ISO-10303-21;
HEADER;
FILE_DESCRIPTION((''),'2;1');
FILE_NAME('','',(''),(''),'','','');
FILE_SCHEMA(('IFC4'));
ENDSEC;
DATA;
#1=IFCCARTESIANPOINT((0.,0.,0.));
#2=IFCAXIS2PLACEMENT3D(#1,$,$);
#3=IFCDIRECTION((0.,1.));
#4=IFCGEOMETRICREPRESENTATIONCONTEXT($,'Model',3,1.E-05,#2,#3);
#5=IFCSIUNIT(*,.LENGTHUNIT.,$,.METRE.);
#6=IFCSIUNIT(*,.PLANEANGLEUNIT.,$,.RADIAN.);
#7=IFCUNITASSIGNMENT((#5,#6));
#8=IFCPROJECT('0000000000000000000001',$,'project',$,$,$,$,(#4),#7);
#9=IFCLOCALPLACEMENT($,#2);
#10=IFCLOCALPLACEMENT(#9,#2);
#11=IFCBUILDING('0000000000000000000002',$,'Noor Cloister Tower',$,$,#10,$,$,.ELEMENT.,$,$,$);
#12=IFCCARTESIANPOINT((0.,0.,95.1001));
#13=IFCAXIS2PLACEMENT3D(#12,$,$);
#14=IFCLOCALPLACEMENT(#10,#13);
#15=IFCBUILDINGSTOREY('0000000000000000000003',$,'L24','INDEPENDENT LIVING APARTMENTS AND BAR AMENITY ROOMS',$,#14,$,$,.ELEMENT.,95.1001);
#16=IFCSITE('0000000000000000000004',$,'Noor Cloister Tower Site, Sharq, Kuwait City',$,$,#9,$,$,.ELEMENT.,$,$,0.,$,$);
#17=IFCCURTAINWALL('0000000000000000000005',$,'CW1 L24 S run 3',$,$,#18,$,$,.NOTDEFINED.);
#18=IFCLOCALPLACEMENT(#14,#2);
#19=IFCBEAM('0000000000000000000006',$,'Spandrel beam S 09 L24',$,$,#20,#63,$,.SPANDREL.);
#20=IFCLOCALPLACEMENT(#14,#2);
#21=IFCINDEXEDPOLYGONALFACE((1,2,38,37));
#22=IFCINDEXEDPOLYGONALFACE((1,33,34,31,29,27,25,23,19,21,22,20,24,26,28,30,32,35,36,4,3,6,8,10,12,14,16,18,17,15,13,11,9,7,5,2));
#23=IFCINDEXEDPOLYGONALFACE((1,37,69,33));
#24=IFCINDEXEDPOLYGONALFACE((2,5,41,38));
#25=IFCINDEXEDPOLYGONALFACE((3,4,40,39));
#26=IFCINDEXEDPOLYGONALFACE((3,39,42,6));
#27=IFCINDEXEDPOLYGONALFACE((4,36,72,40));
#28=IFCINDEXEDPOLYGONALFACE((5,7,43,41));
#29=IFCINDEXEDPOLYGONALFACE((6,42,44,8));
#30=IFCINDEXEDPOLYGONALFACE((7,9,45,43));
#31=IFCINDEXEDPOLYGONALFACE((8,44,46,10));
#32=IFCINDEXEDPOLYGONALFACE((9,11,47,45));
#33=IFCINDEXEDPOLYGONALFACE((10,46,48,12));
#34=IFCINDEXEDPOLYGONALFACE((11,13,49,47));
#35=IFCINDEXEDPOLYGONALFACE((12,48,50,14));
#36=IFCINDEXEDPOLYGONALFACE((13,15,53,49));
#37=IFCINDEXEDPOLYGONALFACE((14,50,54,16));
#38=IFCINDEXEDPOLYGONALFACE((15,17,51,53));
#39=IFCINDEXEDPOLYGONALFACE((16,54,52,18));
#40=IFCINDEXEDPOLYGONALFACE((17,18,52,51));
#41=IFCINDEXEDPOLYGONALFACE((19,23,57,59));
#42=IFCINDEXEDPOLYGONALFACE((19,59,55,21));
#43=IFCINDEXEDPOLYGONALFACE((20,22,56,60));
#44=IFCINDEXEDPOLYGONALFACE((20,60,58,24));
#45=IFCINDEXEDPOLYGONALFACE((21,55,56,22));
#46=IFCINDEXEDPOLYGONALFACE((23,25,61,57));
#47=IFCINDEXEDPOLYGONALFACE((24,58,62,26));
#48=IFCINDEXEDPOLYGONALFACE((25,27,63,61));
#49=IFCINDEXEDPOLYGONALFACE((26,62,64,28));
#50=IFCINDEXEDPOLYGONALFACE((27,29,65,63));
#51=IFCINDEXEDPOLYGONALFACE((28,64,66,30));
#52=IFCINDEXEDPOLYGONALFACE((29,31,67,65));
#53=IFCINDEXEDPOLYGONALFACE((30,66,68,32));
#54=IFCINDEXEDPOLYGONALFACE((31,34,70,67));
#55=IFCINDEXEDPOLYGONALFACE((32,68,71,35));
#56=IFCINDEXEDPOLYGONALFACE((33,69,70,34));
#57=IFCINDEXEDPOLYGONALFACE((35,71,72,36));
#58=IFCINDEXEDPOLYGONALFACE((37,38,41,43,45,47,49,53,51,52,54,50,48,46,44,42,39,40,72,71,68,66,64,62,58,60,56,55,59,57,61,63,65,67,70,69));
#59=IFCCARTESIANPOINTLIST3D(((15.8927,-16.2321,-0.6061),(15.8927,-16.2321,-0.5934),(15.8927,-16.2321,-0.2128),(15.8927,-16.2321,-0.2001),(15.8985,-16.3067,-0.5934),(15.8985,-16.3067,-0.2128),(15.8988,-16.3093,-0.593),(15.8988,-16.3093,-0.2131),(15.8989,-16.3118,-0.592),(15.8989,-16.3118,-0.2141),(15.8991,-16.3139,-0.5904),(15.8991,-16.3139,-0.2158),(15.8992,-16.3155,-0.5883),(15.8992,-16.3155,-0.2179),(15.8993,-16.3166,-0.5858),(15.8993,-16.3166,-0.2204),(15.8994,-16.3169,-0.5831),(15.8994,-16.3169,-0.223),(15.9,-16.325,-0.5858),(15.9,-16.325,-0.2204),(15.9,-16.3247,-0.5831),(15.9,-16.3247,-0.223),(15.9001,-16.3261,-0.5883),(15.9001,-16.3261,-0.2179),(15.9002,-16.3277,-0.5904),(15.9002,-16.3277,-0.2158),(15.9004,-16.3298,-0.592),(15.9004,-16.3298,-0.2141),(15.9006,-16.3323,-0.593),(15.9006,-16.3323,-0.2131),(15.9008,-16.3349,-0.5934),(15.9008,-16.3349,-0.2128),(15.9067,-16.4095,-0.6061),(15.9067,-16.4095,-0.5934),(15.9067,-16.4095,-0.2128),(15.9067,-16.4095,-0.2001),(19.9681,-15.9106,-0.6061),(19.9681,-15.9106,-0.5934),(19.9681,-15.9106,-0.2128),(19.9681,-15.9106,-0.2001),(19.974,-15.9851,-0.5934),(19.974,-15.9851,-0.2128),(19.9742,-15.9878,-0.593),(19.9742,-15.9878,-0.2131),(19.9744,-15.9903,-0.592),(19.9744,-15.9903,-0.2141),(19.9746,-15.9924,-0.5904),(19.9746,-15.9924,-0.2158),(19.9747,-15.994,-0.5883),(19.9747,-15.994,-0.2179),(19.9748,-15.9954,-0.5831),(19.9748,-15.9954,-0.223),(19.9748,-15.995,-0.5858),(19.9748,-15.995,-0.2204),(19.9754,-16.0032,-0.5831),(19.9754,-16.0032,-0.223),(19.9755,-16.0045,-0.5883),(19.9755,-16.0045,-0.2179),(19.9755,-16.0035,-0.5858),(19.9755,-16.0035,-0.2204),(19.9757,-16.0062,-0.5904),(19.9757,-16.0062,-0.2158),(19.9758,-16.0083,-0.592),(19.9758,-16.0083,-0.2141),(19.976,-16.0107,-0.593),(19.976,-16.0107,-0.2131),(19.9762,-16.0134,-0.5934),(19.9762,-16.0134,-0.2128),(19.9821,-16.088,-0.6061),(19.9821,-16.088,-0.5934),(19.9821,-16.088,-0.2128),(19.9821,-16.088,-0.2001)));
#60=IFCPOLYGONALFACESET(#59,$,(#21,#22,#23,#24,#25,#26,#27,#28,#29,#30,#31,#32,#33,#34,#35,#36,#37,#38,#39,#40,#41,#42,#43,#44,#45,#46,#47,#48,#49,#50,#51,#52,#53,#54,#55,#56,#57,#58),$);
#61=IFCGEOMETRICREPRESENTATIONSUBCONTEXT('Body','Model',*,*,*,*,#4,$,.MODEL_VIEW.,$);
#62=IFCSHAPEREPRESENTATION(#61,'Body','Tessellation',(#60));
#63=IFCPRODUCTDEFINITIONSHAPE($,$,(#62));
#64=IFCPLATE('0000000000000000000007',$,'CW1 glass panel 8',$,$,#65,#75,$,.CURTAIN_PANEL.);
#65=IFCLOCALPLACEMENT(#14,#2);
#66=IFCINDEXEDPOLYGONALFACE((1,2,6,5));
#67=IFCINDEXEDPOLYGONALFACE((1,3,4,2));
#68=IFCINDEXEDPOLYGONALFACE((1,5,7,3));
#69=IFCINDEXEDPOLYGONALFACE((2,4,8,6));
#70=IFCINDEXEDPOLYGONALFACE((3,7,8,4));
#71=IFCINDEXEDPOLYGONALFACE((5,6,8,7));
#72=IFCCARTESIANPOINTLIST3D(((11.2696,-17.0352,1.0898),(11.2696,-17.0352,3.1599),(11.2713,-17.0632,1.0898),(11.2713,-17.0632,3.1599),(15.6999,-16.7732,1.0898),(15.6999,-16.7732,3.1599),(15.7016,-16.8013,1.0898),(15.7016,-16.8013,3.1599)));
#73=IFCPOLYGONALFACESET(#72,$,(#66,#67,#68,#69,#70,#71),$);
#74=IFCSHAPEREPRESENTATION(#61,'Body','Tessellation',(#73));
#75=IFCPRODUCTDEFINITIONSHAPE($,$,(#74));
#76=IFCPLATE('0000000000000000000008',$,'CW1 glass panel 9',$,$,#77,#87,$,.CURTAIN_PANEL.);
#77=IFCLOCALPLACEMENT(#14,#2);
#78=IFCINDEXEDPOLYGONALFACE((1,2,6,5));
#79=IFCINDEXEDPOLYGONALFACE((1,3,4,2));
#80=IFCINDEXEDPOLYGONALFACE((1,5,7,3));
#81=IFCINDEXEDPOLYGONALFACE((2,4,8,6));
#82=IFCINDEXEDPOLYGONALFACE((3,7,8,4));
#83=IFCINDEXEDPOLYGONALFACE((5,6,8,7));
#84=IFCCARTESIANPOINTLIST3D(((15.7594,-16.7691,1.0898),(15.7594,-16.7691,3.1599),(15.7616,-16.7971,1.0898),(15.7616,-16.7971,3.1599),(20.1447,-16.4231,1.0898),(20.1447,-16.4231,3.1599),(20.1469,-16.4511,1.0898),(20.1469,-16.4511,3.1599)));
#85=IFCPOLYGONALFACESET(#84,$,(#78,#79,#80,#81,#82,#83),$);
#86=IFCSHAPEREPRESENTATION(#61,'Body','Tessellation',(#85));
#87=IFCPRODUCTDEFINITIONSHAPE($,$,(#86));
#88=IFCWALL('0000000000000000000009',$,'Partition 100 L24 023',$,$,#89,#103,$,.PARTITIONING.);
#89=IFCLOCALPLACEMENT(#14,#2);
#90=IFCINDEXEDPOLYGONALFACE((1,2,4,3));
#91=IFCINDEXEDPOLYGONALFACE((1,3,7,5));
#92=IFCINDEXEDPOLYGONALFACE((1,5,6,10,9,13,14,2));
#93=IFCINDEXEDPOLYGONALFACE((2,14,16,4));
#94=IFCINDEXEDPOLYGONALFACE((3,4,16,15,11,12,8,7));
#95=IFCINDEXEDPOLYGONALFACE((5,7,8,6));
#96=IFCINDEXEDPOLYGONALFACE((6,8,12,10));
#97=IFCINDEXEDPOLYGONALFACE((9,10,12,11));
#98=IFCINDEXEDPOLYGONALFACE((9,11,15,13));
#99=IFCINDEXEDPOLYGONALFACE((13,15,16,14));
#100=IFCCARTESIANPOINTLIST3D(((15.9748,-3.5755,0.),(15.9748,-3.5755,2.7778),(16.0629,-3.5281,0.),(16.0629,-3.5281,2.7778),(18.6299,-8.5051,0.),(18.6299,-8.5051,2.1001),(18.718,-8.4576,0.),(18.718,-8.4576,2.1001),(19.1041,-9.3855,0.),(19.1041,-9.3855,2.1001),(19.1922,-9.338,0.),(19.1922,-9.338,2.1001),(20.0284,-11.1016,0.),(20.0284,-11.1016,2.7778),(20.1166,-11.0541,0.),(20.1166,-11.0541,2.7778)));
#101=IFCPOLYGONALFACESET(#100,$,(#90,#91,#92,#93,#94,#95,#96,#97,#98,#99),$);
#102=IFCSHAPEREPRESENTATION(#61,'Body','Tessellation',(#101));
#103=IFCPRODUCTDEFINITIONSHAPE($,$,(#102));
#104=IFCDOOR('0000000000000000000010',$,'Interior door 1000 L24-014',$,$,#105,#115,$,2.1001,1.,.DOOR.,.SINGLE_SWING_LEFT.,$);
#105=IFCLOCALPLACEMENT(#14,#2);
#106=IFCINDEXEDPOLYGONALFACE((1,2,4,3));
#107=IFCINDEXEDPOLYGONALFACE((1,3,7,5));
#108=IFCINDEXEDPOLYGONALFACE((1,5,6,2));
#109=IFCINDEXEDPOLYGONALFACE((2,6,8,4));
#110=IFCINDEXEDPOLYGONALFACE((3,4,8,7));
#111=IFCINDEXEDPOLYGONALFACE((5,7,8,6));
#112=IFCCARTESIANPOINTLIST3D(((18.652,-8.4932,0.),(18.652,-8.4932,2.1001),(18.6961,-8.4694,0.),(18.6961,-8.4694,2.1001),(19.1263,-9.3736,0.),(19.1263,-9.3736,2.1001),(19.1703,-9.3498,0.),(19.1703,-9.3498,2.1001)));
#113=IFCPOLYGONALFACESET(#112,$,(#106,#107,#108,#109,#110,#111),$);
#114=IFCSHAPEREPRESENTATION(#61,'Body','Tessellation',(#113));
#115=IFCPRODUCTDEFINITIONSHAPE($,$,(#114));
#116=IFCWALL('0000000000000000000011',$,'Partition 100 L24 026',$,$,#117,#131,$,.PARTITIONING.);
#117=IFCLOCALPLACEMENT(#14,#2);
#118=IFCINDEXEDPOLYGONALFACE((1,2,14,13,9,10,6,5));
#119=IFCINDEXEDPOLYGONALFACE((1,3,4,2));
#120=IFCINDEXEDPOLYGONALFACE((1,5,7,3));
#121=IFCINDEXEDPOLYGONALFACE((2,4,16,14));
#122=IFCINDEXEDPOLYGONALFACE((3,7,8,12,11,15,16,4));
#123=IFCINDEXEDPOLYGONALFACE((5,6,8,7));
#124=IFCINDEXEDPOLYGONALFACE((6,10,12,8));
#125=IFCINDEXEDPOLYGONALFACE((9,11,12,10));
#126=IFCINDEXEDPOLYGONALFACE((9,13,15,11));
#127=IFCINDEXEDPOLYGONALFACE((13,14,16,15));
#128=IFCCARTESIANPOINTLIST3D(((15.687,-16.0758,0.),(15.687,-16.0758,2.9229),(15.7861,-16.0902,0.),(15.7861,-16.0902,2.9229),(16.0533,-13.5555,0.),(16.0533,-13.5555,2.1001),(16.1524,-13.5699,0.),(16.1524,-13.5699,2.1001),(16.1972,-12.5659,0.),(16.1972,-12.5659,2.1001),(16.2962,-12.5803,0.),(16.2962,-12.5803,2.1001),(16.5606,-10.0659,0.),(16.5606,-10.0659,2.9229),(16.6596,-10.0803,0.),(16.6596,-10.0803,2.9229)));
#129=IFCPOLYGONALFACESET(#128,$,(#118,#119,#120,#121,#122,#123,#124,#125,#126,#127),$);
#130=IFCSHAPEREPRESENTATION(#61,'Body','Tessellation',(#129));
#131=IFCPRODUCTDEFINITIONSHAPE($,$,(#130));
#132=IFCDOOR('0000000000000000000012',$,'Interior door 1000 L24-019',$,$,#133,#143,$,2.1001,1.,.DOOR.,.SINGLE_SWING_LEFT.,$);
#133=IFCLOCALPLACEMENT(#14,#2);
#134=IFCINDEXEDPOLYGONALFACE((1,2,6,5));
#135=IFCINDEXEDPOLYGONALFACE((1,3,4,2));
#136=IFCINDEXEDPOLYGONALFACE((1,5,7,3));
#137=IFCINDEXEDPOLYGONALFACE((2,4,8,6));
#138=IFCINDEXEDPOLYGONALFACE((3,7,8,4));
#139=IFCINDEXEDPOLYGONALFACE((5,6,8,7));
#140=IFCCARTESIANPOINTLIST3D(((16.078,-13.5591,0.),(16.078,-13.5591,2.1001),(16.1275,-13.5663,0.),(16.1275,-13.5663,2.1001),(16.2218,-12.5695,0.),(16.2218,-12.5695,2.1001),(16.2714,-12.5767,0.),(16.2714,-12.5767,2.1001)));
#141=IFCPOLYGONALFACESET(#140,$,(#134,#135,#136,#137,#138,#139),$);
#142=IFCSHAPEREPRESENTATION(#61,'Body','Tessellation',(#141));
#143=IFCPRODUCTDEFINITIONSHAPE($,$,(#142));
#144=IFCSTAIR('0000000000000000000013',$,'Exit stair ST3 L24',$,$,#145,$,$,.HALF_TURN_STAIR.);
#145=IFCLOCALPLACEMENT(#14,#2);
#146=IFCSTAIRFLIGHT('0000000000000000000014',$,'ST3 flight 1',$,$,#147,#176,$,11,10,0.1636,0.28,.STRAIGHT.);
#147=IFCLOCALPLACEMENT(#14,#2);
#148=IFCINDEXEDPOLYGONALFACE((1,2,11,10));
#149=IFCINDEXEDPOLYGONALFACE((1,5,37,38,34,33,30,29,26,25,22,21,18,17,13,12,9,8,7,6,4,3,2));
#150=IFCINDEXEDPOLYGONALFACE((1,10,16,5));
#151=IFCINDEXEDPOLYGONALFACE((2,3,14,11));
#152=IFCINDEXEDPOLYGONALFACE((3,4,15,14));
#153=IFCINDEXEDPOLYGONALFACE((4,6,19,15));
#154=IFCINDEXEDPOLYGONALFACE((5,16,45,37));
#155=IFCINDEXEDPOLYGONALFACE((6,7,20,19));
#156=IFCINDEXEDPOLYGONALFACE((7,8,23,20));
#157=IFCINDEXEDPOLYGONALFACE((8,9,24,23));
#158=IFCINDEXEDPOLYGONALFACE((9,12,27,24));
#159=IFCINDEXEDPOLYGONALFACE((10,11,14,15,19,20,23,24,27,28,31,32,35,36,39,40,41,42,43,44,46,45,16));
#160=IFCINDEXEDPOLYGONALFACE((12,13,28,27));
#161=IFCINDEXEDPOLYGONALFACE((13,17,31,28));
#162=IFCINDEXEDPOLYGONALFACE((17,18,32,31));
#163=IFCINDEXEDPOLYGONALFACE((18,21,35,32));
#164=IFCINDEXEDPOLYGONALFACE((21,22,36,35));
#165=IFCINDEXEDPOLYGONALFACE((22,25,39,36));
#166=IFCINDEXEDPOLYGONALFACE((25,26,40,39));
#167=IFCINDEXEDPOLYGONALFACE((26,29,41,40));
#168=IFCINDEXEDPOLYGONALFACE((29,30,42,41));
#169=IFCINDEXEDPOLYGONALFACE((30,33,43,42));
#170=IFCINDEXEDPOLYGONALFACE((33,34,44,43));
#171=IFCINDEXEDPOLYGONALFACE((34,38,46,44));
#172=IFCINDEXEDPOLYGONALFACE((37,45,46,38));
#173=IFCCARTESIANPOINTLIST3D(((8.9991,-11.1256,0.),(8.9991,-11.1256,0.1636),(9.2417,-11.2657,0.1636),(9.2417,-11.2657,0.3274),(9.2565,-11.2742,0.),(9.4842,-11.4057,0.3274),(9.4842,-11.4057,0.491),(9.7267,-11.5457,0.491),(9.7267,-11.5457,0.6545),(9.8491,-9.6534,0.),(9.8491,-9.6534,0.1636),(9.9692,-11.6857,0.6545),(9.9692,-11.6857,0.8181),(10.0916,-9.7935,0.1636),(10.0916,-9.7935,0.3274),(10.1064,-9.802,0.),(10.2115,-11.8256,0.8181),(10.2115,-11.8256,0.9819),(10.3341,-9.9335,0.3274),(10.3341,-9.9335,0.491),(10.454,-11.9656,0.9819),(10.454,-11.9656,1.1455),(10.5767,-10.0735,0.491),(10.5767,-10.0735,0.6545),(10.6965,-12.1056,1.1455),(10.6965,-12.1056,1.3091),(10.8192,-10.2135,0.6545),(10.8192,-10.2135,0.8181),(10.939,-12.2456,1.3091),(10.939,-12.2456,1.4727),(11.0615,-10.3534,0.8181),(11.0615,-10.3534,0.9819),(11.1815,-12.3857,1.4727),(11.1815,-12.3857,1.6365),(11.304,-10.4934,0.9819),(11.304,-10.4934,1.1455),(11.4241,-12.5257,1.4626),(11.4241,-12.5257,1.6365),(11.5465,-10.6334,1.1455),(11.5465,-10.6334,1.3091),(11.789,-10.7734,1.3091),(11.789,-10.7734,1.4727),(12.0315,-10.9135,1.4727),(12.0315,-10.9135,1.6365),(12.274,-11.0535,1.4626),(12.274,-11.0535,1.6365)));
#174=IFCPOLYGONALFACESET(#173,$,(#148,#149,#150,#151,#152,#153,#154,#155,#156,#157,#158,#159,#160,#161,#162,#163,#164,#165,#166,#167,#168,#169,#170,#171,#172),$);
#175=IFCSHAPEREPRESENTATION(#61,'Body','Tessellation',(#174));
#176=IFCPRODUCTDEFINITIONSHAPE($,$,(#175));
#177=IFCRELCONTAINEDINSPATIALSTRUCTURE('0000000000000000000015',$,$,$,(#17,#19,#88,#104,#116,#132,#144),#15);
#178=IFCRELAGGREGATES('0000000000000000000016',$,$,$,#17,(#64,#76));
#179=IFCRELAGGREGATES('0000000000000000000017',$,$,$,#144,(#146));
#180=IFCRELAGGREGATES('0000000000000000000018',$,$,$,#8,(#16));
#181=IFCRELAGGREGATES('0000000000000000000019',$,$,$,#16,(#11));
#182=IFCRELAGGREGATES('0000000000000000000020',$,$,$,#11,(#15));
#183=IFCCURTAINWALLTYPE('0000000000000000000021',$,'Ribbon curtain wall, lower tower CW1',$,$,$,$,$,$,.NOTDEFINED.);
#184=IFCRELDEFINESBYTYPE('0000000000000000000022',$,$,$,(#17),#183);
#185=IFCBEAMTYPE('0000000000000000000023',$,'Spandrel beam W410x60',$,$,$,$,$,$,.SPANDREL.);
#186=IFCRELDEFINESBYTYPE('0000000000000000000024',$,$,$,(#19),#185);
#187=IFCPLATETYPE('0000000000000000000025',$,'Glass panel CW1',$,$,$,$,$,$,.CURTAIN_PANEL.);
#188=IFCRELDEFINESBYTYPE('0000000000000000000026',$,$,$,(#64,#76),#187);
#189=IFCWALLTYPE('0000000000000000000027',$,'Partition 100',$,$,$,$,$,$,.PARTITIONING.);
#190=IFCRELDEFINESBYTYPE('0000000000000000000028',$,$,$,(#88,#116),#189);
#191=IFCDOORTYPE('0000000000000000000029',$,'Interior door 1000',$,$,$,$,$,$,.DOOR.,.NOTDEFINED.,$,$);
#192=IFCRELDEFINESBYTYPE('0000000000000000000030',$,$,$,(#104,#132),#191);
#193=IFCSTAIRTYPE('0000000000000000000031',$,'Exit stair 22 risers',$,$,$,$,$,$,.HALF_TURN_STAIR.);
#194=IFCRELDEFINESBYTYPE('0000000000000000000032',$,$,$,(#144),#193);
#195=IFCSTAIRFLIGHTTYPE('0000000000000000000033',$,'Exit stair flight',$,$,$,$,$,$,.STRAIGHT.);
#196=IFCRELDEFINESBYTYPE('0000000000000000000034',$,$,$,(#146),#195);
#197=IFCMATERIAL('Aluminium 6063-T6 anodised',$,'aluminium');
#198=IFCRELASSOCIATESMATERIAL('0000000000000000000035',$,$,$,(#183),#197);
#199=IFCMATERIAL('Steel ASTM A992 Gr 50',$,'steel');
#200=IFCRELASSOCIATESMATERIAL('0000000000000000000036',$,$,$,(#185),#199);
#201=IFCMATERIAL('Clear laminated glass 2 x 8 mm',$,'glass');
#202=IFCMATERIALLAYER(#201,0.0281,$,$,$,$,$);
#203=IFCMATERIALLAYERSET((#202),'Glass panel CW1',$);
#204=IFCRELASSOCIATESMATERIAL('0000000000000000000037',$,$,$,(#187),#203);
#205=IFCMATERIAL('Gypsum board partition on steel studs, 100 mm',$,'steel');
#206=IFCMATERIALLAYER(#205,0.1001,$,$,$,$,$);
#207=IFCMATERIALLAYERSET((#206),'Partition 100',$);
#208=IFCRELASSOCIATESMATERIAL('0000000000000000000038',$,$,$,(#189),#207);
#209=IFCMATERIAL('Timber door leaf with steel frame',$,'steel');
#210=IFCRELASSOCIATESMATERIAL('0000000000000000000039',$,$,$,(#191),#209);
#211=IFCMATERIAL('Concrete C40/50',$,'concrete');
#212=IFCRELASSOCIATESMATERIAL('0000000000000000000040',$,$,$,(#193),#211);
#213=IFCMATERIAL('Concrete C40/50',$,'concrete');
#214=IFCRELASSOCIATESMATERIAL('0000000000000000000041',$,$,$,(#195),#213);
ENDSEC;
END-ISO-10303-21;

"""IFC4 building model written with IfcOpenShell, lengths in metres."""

from ifc_helpers import new_model, si_unit, direction, frame, frame_2d, origin, origin_2d, place, context, subcontext, project, spatial, polyline, rectangle, i_section, outline, extrude, material, layer, layer_set, material_profile, profile_set, type_object, element, fill, aggregate, save


model = new_model("IFC4")

# Units and contexts
model_context = context("Model", 3, precision=1e-05, world=origin(), true_north=direction((0.0, 1.0)))
body_context = subcontext(model_context, "Body", "Model", "MODEL_VIEW")
ifc_project = project(units=[si_unit("LENGTHUNIT", "METRE"), si_unit("PLANEANGLEUNIT", "RADIAN")], contexts=[model_context])

# Site, building, storey
site_placement = place(None, origin())
site = spatial("IfcSite", under=ifc_project, at=site_placement, Name="Noor Cloister Tower Site, Sharq, Kuwait City", CompositionType="ELEMENT", RefElevation=0.0)
building_placement = place(site_placement, origin())
building = spatial("IfcBuilding", under=site, at=building_placement, Name="Noor Cloister Tower", CompositionType="ELEMENT")
storey_placement = place(building_placement, frame((0.0, 0.0, 95.1001)))
storey = spatial("IfcBuildingStorey", under=building, at=storey_placement, Name="L24", Description="INDEPENDENT LIVING APARTMENTS AND BAR AMENITY ROOMS", CompositionType="ELEMENT", Elevation=95.1001)

# Curtain wall
ifc_material_1 = material(Name="Aluminium 6063-T6 anodised", Category="aluminium")
curtain_wall_type = type_object("IfcCurtainWallType", Name="Ribbon curtain wall, lower tower CW1", PredefinedType="NOTDEFINED", material=ifc_material_1)
curtain_wall_placement = place(storey_placement, origin())
curtain_wall = element("IfcCurtainWall", 1, at=curtain_wall_placement, inside=storey, type_object=curtain_wall_type, Name="CW1 L24 S run 3", PredefinedType="NOTDEFINED")

# Beam
ifc_material_2 = material(Name="Steel ASTM A992 Gr 50", Category="steel")
ifc_material_profile_1 = material_profile(ifc_material_2, i_section(OverallWidth=0.178, OverallDepth=0.406, WebThickness=0.0078, FlangeThickness=0.0127, FilletRadius=0.0103, at=origin_2d()), Name="W410x60")
ifc_profile_set_1 = profile_set([ifc_material_profile_1], Name="Steel ASTM A992 Gr 50")
beam_type_1 = type_object("IfcBeamType", Name="Spandrel beam W410x60", PredefinedType="SPANDREL", material=ifc_profile_set_1)
for number, where, z_axis, x_axis, name in (
    (2, (15.8997, -16.3208, -0.4031), (0.996902, 0.078651, 0.0), (-0.078651, 0.996902, 0.0), "Spandrel beam S 09 L24"),
):
    element("IfcBeam", number, at=place(storey_placement, frame(where, z_axis=z_axis, x_axis=x_axis)), inside=storey, type_object=beam_type_1, Name=name, PredefinedType="SPANDREL", context=body_context, shape_type="SweptSolid", body=[
        extrude(i_section(OverallWidth=0.178, OverallDepth=0.406, WebThickness=0.0078, FlangeThickness=0.0127, FilletRadius=0.0103, at=origin_2d()), origin(), (0.0, 0.0, 1.0), 4.0881),
    ])

# Plates
ifc_material_3 = material(Name="Clear laminated glass 2 x 8 mm", Category="glass")
ifc_layer_1 = layer(ifc_material_3, 0.0281)
ifc_layer_set_1 = layer_set([ifc_layer_1], Name="Glass panel CW1")
plate_type = type_object("IfcPlateType", Name="Glass panel CW1", PredefinedType="CURTAIN_PANEL", material=ifc_layer_set_1)
plate_1_placement = place(storey_placement, frame((13.4856, -16.9182, 1.0898), z_axis=(0.0, 0.0, 1.0), x_axis=(0.998257, 0.059016, 0.0)))
plate_1 = element("IfcPlate", 3, at=plate_1_placement, type_object=plate_type, Name="CW1 glass panel 8", PredefinedType="CURTAIN_PANEL", context=body_context, shape_type="SweptSolid", body=[
    extrude(rectangle(XDim=4.438, YDim=0.0281, at=origin_2d()), origin(), (0.0, 0.0, 1.0), 2.0701),
])
plate_2_placement = place(storey_placement, frame((17.9531, -16.6101, 1.0898), z_axis=(0.0, 0.0, 1.0), x_axis=(0.996902, 0.078652, 0.0)))
plate_2 = element("IfcPlate", 4, at=plate_2_placement, type_object=plate_type, Name="CW1 glass panel 9", PredefinedType="CURTAIN_PANEL", context=body_context, shape_type="SweptSolid", body=[
    extrude(rectangle(XDim=4.3989, YDim=0.0281, at=origin_2d()), origin(), (0.0, 0.0, 1.0), 2.0701),
])
aggregate(curtain_wall, [plate_1, plate_2])

# Walls, openings, doors
ifc_material_4 = material(Name="Gypsum board partition on steel studs, 100 mm", Category="steel")
ifc_layer_2 = layer(ifc_material_4, 0.1001)
ifc_layer_set_2 = layer_set([ifc_layer_2], Name="Partition 100")
wall_type = type_object("IfcWallType", Name="Partition 100", PredefinedType="PARTITIONING", material=ifc_layer_set_2)
wall_1_placement = place(storey_placement, frame((20.0725, -11.0779, 0.0), z_axis=(0.0, 0.0, 1.0), x_axis=(-0.474207, 0.880413, 0.0)))
wall_1 = element("IfcWall", 5, at=wall_1_placement, inside=storey, type_object=wall_type, Name="Partition 100 L24 023", PredefinedType="PARTITIONING", context=body_context, shape_type="SweptSolid", body=[
    extrude(rectangle(XDim=8.5483, YDim=0.1001, at=frame_2d((4.2742, 0.0))), origin(), (0.0, 0.0, 1.0), 2.7778),
])
opening_1_placement = place(wall_1_placement, frame((1.9492, 0.0, 0.0)))
opening_1 = element("IfcOpeningElement", 6, at=opening_1_placement, cuts=wall_1, PredefinedType="OPENING", context=body_context, shape_type="SweptSolid", body=[
    extrude(rectangle(XDim=1.0, YDim=2.1001, at=frame_2d((0.5, 1.05))), frame((0.0, 0.0601, 0.0), z_axis=(0.0, -1.0, 0.0), x_axis=(1.0, 0.0, 0.0)), (0.0, 0.0, 1.0), 0.1201),
])
ifc_material_5 = material(Name="Timber door leaf with steel frame", Category="steel")
door_type = type_object("IfcDoorType", Name="Interior door 1000", OperationType="NOTDEFINED", PredefinedType="DOOR", material=ifc_material_5)
door_1_placement = place(opening_1_placement, origin())
door_1 = element("IfcDoor", 7, at=door_1_placement, inside=storey, type_object=door_type, Name="Interior door 1000 L24-014", OperationType="SINGLE_SWING_LEFT", OverallHeight=2.1001, OverallWidth=1.0, PredefinedType="DOOR", context=body_context, shape_type="SweptSolid", body=[
    extrude(rectangle(XDim=1.0, YDim=2.1001, at=frame_2d((0.5, 1.05))), frame((0.0, 0.0249, 0.0), z_axis=(0.0, -1.0, 0.0), x_axis=(1.0, 0.0, 0.0)), (0.0, 0.0, 1.0), 0.05),
])
fill(opening_1, door_1)
wall_2_placement = place(storey_placement, frame((16.6101, -10.073, 0.0), z_axis=(0.0, 0.0, 1.0), x_axis=(-0.143841, -0.989601, 0.0)))
wall_2 = element("IfcWall", 8, at=wall_2_placement, inside=storey, type_object=wall_type, Name="Partition 100 L24 026", PredefinedType="PARTITIONING", context=body_context, shape_type="SweptSolid", body=[
    extrude(rectangle(XDim=6.073, YDim=0.1001, at=frame_2d((3.0366, 0.0))), origin(), (0.0, 0.0, 1.0), 2.9229),
])
opening_2_placement = place(wall_2_placement, frame((2.5264, 0.0, 0.0)))
opening_2 = element("IfcOpeningElement", 9, at=opening_2_placement, cuts=wall_2, PredefinedType="OPENING", context=body_context, shape_type="SweptSolid", body=[
    extrude(rectangle(XDim=1.0, YDim=2.1001, at=frame_2d((0.5, 1.05))), frame((0.0, 0.0601, 0.0), z_axis=(0.0, -1.0, 0.0), x_axis=(1.0, 0.0, 0.0)), (0.0, 0.0, 1.0), 0.1201),
])
door_2_placement = place(opening_2_placement, origin())
door_2 = element("IfcDoor", 10, at=door_2_placement, inside=storey, type_object=door_type, Name="Interior door 1000 L24-019", OperationType="SINGLE_SWING_LEFT", OverallHeight=2.1001, OverallWidth=1.0, PredefinedType="DOOR", context=body_context, shape_type="SweptSolid", body=[
    extrude(rectangle(XDim=1.0, YDim=2.1001, at=frame_2d((0.5, 1.05))), frame((0.0, 0.0249, 0.0), z_axis=(0.0, -1.0, 0.0), x_axis=(1.0, 0.0, 0.0)), (0.0, 0.0, 1.0), 0.05),
])
fill(opening_2, door_2)

# Stair, stair flight
ifc_material_6 = material(Name="Concrete C40/50", Category="concrete")
stair_type = type_object("IfcStairType", Name="Exit stair 22 risers", PredefinedType="HALF_TURN_STAIR", material=ifc_material_6)
stair_placement = place(storey_placement, origin())
stair = element("IfcStair", 11, at=stair_placement, inside=storey, type_object=stair_type, Name="Exit stair ST3 L24", PredefinedType="HALF_TURN_STAIR")
ifc_material_7 = material(Name="Concrete C40/50", Category="concrete")
stair_flight_type = type_object("IfcStairFlightType", Name="Exit stair flight", PredefinedType="STRAIGHT", material=ifc_material_7)
stair_flight_1_placement = place(storey_placement, frame((9.4241, -10.3896, 0.0), z_axis=(0.0, 0.0, 1.0), x_axis=(0.866025, -0.5, 0.0)))
stair_flight_1 = element("IfcStairFlight", 12, at=stair_flight_1_placement, type_object=stair_flight_type, Name="ST3 flight 1", NumberOfRisers=11, NumberOfTreads=10, PredefinedType="STRAIGHT", RiserHeight=0.1636, TreadLength=0.28, context=body_context, shape_type="SweptSolid", body=[
    extrude(outline(polyline([(0.0, 0.0), (0.0, 0.1636), (0.28, 0.1636), (0.28, 0.3274), (0.5601, 0.3274), (0.5601, 0.491), (0.8401, 0.491), (0.8401, 0.6545), (1.1201, 0.6545), (1.1201, 0.8181), (1.3999, 0.8181), (1.3999, 0.9819), (1.6799, 0.9819), (1.6799, 1.1455), (1.96, 1.1455), (1.96, 1.3091), (2.24, 1.3091), (2.24, 1.4727), (2.52, 1.4727), (2.52, 1.6365), (2.8, 1.6365), (2.8, 1.8), (2.8, 1.4626), (0.2971, 0.0), (0.0, 0.0)])), frame((0.0, 0.8501, 0.0), z_axis=(0.0, -1.0, 0.0), x_axis=(1.0, 0.0, 0.0)), (0.0, 0.0, 1.0), 1.7),
])
aggregate(stair, [stair_flight_1])

save(model, "model.ifc")
